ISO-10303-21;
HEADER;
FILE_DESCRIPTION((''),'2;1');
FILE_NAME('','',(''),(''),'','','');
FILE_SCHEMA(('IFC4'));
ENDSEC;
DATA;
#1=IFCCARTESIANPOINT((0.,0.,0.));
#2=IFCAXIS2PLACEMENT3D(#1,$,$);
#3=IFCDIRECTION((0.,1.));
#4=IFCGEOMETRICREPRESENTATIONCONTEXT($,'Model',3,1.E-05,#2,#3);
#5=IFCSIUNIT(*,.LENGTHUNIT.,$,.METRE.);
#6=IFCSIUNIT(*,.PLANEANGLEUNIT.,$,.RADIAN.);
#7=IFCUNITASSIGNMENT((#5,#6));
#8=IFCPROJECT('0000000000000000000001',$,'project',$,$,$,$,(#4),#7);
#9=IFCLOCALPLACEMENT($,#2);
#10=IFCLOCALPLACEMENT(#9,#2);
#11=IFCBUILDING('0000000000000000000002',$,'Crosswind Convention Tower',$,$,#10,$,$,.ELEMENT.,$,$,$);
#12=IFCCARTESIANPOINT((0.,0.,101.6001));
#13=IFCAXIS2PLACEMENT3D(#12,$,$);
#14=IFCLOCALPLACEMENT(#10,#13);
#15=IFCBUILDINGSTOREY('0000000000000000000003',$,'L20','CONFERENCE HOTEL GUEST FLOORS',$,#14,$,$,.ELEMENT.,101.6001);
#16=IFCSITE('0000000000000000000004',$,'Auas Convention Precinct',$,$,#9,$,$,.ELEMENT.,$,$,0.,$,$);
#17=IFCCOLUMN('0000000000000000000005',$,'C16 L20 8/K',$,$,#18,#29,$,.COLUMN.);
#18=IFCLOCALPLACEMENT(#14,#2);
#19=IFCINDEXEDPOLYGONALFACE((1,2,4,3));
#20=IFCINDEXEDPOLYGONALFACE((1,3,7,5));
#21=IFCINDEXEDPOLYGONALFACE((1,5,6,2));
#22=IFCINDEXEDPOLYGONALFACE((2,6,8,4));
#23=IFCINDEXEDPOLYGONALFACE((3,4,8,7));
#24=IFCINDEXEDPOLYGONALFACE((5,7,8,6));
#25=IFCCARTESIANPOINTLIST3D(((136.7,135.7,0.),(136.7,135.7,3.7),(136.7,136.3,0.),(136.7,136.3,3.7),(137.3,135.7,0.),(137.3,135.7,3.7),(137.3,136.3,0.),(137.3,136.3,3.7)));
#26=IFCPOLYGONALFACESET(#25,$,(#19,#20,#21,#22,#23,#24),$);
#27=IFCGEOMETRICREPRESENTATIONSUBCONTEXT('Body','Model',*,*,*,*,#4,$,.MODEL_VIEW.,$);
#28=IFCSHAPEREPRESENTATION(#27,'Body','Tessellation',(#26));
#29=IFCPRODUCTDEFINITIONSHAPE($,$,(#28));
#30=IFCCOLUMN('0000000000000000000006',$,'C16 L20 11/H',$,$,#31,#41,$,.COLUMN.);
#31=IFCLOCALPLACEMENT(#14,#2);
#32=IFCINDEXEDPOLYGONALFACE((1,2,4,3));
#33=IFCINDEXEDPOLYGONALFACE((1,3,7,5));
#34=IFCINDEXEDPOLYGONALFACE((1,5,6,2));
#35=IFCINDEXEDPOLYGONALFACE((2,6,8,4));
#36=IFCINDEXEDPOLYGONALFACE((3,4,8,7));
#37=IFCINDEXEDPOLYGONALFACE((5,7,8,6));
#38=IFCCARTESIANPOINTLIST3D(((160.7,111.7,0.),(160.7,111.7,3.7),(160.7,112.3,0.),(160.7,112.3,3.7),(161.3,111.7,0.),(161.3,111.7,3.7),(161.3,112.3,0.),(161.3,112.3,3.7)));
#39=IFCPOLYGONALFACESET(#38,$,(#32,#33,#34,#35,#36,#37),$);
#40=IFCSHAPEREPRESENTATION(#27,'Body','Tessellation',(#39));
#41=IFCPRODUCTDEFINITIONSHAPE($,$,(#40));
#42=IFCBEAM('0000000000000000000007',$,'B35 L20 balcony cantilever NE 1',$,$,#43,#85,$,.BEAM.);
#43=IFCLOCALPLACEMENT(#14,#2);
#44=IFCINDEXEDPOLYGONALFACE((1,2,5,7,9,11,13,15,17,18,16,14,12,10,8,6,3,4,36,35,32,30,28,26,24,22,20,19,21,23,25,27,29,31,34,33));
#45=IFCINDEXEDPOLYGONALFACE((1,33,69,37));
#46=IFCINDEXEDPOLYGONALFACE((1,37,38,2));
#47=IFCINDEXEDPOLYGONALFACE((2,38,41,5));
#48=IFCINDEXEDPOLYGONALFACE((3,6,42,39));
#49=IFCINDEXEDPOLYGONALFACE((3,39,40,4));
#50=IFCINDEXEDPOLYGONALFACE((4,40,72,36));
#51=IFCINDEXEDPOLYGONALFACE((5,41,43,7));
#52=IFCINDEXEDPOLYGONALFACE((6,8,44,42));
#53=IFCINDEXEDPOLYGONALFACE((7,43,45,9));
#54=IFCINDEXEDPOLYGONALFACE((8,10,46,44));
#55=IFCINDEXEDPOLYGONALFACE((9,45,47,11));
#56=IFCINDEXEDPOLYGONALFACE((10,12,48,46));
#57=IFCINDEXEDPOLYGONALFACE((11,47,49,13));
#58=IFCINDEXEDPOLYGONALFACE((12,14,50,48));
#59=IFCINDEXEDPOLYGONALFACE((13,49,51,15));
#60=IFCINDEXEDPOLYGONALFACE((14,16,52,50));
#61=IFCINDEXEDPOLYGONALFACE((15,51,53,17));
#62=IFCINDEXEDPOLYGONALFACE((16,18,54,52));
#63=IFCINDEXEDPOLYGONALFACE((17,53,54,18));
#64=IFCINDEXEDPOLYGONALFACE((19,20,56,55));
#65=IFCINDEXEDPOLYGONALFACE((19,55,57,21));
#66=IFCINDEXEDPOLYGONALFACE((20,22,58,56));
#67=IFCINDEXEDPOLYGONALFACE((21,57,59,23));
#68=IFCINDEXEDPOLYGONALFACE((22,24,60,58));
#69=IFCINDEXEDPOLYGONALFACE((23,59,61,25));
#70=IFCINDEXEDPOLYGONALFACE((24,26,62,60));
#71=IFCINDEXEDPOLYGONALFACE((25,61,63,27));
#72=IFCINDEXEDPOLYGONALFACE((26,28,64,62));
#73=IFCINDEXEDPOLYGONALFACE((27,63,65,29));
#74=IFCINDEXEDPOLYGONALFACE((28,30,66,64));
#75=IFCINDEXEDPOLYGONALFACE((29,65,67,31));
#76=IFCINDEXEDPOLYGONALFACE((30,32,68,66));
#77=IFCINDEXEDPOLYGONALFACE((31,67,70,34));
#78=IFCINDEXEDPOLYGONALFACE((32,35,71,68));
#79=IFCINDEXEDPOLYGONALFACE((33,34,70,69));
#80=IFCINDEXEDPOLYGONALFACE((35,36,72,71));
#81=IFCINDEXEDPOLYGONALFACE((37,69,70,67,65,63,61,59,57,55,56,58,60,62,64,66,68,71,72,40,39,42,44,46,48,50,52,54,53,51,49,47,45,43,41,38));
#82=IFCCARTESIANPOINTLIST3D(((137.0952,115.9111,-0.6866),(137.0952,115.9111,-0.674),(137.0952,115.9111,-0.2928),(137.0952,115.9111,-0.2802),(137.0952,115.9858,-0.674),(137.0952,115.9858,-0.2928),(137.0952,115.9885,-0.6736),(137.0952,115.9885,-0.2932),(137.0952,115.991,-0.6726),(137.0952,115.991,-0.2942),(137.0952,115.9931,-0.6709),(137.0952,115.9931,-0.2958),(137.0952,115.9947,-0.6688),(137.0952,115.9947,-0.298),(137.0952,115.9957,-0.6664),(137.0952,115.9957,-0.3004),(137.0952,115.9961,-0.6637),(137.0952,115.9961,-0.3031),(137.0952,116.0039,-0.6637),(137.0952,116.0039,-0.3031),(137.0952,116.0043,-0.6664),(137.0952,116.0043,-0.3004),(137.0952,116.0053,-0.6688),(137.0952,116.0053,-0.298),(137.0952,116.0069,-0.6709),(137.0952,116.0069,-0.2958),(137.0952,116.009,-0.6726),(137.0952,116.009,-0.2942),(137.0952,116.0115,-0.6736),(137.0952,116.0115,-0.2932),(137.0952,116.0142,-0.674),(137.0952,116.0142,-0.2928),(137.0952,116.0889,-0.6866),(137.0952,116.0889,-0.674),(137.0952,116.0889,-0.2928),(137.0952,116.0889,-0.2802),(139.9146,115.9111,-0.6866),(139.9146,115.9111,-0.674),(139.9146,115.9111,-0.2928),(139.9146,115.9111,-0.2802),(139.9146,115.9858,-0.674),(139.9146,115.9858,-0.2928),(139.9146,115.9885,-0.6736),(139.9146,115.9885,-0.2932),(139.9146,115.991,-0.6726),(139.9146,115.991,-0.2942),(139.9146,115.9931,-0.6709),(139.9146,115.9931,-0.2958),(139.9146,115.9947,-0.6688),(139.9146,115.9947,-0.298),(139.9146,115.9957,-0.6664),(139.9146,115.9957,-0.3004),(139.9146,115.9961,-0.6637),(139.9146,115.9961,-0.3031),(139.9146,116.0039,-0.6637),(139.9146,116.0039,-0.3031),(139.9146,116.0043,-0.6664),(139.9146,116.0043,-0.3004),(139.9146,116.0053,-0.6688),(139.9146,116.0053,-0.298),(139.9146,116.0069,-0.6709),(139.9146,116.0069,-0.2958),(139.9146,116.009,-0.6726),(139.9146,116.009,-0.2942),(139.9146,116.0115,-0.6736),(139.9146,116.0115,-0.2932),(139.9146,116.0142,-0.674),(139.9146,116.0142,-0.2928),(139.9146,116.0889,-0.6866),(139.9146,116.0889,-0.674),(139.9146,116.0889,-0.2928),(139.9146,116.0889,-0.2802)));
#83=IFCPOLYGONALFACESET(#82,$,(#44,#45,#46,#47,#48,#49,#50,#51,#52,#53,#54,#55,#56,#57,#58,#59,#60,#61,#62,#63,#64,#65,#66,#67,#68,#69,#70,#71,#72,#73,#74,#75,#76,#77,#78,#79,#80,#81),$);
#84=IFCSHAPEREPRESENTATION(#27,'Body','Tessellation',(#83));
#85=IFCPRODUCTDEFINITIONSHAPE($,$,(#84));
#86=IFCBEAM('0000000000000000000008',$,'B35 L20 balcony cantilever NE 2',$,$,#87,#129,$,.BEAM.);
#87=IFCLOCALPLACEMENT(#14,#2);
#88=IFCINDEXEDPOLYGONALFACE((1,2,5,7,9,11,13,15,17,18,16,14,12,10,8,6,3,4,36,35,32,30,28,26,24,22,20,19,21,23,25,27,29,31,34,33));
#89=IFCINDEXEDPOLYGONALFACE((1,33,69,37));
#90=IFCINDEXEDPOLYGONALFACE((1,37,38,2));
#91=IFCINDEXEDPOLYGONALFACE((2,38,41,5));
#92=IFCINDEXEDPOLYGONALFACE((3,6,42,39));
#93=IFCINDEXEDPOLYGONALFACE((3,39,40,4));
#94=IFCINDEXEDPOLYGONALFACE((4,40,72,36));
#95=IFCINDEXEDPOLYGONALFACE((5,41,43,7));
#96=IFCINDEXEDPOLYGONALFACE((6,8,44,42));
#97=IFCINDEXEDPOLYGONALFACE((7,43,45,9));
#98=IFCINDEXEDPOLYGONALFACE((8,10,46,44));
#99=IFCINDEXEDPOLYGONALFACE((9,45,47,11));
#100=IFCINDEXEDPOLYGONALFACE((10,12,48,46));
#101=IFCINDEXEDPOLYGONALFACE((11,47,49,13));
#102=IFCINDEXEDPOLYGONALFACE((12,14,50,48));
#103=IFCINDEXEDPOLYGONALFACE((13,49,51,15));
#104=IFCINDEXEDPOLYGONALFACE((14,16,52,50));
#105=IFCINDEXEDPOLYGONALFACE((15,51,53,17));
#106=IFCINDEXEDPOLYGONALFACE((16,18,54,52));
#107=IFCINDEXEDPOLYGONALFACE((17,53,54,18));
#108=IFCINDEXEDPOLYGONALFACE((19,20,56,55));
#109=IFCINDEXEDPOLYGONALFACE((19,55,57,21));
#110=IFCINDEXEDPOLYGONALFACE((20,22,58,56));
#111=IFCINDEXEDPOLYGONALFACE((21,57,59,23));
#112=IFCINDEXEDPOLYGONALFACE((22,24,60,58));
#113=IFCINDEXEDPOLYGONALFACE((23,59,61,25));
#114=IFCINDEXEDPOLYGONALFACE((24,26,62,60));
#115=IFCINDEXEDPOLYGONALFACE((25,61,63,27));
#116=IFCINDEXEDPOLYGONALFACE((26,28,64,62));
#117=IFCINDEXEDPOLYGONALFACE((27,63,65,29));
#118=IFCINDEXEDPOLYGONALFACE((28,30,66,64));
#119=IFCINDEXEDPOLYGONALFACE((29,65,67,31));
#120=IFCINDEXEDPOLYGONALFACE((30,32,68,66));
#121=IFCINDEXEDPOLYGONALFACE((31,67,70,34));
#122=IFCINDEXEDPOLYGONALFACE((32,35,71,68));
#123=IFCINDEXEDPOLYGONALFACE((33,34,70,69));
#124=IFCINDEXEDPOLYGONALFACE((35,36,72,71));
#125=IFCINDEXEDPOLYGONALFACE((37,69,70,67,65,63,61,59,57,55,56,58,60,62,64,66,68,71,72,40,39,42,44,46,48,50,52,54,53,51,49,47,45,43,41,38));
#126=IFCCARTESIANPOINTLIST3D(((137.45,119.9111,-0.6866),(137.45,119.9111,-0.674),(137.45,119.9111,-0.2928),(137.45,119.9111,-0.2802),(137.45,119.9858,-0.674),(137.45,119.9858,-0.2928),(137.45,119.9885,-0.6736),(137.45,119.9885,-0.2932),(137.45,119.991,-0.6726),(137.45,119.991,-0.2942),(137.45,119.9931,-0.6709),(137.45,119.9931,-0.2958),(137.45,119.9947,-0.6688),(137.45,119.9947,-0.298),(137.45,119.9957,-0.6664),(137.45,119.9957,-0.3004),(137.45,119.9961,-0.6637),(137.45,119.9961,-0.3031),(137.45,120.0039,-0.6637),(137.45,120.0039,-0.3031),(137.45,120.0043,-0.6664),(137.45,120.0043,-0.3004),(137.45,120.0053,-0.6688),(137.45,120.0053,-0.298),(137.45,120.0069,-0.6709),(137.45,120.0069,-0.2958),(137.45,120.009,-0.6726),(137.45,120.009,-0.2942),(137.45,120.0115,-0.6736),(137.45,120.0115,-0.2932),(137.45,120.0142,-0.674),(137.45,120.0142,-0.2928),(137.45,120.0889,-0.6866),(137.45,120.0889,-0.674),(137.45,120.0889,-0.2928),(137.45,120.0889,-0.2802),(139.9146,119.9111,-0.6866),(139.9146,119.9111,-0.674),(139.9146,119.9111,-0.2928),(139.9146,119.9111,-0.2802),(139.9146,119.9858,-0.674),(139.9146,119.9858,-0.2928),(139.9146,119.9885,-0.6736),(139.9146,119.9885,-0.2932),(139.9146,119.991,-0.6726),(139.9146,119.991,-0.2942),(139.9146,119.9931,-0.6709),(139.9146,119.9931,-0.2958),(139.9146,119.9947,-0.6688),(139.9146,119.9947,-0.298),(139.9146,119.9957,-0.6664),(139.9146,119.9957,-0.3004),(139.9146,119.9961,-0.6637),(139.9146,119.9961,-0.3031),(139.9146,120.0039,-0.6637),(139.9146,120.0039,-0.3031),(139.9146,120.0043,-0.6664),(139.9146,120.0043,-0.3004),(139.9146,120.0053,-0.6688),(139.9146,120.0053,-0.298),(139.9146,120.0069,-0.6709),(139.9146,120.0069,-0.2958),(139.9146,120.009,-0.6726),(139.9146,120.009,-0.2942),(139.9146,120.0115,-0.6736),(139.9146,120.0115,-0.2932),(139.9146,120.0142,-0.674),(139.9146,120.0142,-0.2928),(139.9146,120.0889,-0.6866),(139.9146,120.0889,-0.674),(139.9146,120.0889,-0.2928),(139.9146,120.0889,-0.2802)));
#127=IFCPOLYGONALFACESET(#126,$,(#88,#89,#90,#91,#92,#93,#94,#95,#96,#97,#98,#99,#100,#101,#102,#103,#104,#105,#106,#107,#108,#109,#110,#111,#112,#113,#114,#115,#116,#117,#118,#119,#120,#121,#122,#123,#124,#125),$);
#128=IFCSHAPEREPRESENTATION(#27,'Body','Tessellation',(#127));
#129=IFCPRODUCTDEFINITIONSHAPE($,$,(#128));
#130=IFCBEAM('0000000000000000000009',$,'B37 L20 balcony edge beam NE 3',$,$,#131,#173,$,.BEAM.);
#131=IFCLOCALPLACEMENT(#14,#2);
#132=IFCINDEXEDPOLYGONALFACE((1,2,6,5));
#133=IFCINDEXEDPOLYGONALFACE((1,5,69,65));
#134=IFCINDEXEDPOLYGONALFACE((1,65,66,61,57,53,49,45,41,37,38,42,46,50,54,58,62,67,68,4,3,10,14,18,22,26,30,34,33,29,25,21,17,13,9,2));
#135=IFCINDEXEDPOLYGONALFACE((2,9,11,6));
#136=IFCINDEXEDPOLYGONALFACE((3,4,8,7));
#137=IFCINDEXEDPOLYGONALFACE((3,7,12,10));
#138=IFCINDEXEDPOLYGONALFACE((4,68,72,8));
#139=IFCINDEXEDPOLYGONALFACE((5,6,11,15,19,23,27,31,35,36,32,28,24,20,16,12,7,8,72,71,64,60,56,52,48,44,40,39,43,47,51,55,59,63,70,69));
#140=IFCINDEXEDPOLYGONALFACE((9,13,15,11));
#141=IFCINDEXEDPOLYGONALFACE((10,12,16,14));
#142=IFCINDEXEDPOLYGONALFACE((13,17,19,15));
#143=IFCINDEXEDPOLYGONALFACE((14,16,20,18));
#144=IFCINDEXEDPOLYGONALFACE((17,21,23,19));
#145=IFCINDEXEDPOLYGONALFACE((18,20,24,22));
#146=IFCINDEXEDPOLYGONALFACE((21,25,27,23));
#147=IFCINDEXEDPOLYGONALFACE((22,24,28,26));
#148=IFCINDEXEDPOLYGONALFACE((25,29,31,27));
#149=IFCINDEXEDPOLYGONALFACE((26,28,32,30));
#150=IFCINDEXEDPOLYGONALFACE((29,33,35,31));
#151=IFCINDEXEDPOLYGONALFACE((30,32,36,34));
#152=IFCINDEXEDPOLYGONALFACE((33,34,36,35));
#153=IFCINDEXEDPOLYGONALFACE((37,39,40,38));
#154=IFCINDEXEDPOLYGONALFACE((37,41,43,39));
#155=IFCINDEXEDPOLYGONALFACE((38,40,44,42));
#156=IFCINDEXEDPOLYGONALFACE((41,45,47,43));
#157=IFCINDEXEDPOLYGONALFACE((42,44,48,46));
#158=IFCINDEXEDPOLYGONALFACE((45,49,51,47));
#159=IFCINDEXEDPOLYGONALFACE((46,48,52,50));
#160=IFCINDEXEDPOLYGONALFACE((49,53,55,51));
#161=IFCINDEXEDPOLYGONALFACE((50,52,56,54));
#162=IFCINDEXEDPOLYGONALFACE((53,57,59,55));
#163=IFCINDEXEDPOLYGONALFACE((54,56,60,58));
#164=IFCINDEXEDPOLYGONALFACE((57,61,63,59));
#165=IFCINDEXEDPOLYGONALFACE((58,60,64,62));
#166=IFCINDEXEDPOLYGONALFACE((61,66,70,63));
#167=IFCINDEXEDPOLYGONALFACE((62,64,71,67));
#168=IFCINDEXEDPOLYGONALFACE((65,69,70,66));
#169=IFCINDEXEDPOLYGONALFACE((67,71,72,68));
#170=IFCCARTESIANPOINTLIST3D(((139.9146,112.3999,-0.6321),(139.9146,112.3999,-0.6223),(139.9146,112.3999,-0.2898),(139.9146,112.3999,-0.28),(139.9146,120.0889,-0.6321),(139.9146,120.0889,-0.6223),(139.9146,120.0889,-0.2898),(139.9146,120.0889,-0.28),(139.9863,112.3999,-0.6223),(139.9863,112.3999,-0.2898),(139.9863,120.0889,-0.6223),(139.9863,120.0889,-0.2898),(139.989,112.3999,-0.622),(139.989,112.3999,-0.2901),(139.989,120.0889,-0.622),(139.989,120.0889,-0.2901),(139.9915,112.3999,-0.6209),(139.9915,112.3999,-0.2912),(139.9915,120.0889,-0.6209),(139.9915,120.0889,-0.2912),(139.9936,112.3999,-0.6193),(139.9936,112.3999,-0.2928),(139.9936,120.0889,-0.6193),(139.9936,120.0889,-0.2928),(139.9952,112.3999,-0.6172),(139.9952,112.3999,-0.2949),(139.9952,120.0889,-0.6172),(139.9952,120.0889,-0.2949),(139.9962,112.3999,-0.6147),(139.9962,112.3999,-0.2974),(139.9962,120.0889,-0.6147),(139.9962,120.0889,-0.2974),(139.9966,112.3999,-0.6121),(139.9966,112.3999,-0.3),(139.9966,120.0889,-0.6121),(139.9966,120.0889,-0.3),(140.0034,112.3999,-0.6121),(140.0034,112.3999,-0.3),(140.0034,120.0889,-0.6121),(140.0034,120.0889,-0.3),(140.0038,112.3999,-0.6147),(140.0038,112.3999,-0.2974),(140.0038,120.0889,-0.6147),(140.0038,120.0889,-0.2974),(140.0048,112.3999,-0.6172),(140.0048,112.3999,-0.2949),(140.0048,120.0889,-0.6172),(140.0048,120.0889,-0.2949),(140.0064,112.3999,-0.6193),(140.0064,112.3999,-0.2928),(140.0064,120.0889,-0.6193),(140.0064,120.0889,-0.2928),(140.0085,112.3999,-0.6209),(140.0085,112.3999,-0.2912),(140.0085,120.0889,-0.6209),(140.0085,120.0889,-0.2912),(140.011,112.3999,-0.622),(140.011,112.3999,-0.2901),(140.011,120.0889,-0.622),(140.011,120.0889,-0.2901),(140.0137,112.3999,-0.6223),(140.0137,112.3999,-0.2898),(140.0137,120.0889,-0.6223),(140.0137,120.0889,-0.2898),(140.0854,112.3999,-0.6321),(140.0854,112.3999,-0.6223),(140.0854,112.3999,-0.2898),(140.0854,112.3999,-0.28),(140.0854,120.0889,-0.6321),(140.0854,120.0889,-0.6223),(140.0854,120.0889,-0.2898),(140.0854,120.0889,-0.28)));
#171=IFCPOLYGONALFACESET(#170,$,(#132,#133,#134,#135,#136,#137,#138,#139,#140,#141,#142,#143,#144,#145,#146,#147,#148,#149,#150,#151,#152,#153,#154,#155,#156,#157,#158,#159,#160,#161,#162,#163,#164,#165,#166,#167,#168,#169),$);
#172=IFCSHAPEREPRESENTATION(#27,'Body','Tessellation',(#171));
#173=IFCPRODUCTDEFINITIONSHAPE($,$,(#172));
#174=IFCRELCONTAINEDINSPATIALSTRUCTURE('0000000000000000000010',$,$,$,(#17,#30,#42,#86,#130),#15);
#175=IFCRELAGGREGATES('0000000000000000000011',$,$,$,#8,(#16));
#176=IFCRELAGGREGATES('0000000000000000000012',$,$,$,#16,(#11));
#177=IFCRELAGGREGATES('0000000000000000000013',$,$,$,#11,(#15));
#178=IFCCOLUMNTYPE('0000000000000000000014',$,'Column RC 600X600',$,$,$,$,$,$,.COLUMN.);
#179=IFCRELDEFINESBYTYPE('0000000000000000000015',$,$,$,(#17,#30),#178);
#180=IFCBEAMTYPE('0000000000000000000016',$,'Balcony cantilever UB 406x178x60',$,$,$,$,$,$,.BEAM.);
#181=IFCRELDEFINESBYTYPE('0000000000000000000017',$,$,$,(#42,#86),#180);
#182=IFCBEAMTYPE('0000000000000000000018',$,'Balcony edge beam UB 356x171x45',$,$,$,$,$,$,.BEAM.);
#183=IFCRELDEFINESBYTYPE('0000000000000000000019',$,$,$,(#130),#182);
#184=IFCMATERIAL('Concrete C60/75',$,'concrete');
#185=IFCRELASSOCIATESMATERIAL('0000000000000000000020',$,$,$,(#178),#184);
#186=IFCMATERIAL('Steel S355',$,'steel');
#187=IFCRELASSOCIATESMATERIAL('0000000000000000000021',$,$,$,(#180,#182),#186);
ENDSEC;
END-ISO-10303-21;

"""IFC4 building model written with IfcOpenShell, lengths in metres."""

from ifc_helpers import new_model, si_unit, direction, frame, origin, origin_2d, place, context, subcontext, project, spatial, rectangle, i_section, extrude, material, material_profile, profile_set, type_object, element, save


model = new_model("IFC4")

# Units and contexts
model_context = context("Model", 3, precision=1e-05, world=origin(), true_north=direction((0.0, 1.0)))
body_context = subcontext(model_context, "Body", "Model", "MODEL_VIEW")
ifc_project = project(units=[si_unit("LENGTHUNIT", "METRE"), si_unit("PLANEANGLEUNIT", "RADIAN")], contexts=[model_context])

# Site, building, storey
site_placement = place(None, origin())
site = spatial("IfcSite", under=ifc_project, at=site_placement, Name="Auas Convention Precinct", CompositionType="ELEMENT", RefElevation=0.0)
building_placement = place(site_placement, origin())
building = spatial("IfcBuilding", under=site, at=building_placement, Name="Crosswind Convention Tower", CompositionType="ELEMENT")
storey_placement = place(building_placement, frame((0.0, 0.0, 101.6001)))
storey = spatial("IfcBuildingStorey", under=building, at=storey_placement, Name="L20", Description="CONFERENCE HOTEL GUEST FLOORS", CompositionType="ELEMENT", Elevation=101.6001)

# Columns
ifc_material_1 = material(Name="Concrete C60/75", Category="concrete")
ifc_material_profile_1 = material_profile(ifc_material_1, rectangle(XDim=0.6001, YDim=0.6001, at=origin_2d()), Name="RC 600X600")
ifc_profile_set_1 = profile_set([ifc_material_profile_1], Name="Concrete C60/75")
column_type = type_object("IfcColumnType", Name="Column RC 600X600", PredefinedType="COLUMN", material=ifc_profile_set_1)
for number, where, z_axis, x_axis, name in (
    (1, (137.0, 136.0, 0.0), (0.0, 0.0, 1.0), (1.0, 0.0, 0.0), "C16 L20 8/K"),
    (2, (161.0, 112.0, 0.0), (0.0, 0.0, 1.0), (1.0, 0.0, 0.0), "C16 L20 11/H"),
):
    element("IfcColumn", number, at=place(storey_placement, frame(where, z_axis=z_axis, x_axis=x_axis)), inside=storey, type_object=column_type, Name=name, PredefinedType="COLUMN", context=body_context, shape_type="SweptSolid", body=[
        extrude(rectangle(XDim=0.6001, YDim=0.6001, at=origin_2d()), origin(), (0.0, 0.0, 1.0), 3.7),
    ])

# Beams
ifc_material_2 = material(Name="Steel S355", Category="steel")
ifc_material_profile_2 = material_profile(ifc_material_2, i_section(OverallWidth=0.1777, OverallDepth=0.4065, WebThickness=0.0078, FlangeThickness=0.0127, FilletRadius=0.0103, at=origin_2d()), Name="UB 406x178x60")
ifc_profile_set_2 = profile_set([ifc_material_profile_2], Name="Steel S355")
beam_type_1 = type_object("IfcBeamType", Name="Balcony cantilever UB 406x178x60", PredefinedType="BEAM", material=ifc_profile_set_2)
beam_1_placement = place(storey_placement, frame((137.0952, 116.0, -0.4834), z_axis=(1.0, 0.0, 0.0), x_axis=(0.0, 1.0, 0.0)))
element("IfcBeam", 3, at=beam_1_placement, inside=storey, type_object=beam_type_1, Name="B35 L20 balcony cantilever NE 1", PredefinedType="BEAM", context=body_context, shape_type="SweptSolid", body=[
    extrude(i_section(OverallWidth=0.1777, OverallDepth=0.4065, WebThickness=0.0078, FlangeThickness=0.0127, FilletRadius=0.0103, at=origin_2d()), origin(), (0.0, 0.0, 1.0), 2.8193),
])
beam_2_placement = place(storey_placement, frame((137.45, 120.0, -0.4834), z_axis=(1.0, 0.0, 0.0), x_axis=(0.0, 1.0, 0.0)))
element("IfcBeam", 4, at=beam_2_placement, inside=storey, type_object=beam_type_1, Name="B35 L20 balcony cantilever NE 2", PredefinedType="BEAM", context=body_context, shape_type="SweptSolid", body=[
    extrude(i_section(OverallWidth=0.1777, OverallDepth=0.4065, WebThickness=0.0078, FlangeThickness=0.0127, FilletRadius=0.0103, at=origin_2d()), origin(), (0.0, 0.0, 1.0), 2.4646),
])
ifc_material_profile_3 = material_profile(ifc_material_2, i_section(OverallWidth=0.1709, OverallDepth=0.3521, WebThickness=0.0068, FlangeThickness=0.0098, FilletRadius=0.0103, at=origin_2d()), Name="UB 356x171x45")
ifc_profile_set_3 = profile_set([ifc_material_profile_3], Name="Steel S355")
beam_type_2 = type_object("IfcBeamType", Name="Balcony edge beam UB 356x171x45", PredefinedType="BEAM", material=ifc_profile_set_3)
beam_3_placement = place(storey_placement, frame((140.0, 112.3999, -0.4561), z_axis=(0.0, 1.0, 0.0), x_axis=(-1.0, 0.0, 0.0)))
element("IfcBeam", 5, at=beam_3_placement, inside=storey, type_object=beam_type_2, Name="B37 L20 balcony edge beam NE 3", PredefinedType="BEAM", context=body_context, shape_type="SweptSolid", body=[
    extrude(i_section(OverallWidth=0.1709, OverallDepth=0.3521, WebThickness=0.0068, FlangeThickness=0.0098, FilletRadius=0.0103, at=origin_2d()), origin(), (0.0, 0.0, 1.0), 7.689),
])

save(model, "model.ifc")
